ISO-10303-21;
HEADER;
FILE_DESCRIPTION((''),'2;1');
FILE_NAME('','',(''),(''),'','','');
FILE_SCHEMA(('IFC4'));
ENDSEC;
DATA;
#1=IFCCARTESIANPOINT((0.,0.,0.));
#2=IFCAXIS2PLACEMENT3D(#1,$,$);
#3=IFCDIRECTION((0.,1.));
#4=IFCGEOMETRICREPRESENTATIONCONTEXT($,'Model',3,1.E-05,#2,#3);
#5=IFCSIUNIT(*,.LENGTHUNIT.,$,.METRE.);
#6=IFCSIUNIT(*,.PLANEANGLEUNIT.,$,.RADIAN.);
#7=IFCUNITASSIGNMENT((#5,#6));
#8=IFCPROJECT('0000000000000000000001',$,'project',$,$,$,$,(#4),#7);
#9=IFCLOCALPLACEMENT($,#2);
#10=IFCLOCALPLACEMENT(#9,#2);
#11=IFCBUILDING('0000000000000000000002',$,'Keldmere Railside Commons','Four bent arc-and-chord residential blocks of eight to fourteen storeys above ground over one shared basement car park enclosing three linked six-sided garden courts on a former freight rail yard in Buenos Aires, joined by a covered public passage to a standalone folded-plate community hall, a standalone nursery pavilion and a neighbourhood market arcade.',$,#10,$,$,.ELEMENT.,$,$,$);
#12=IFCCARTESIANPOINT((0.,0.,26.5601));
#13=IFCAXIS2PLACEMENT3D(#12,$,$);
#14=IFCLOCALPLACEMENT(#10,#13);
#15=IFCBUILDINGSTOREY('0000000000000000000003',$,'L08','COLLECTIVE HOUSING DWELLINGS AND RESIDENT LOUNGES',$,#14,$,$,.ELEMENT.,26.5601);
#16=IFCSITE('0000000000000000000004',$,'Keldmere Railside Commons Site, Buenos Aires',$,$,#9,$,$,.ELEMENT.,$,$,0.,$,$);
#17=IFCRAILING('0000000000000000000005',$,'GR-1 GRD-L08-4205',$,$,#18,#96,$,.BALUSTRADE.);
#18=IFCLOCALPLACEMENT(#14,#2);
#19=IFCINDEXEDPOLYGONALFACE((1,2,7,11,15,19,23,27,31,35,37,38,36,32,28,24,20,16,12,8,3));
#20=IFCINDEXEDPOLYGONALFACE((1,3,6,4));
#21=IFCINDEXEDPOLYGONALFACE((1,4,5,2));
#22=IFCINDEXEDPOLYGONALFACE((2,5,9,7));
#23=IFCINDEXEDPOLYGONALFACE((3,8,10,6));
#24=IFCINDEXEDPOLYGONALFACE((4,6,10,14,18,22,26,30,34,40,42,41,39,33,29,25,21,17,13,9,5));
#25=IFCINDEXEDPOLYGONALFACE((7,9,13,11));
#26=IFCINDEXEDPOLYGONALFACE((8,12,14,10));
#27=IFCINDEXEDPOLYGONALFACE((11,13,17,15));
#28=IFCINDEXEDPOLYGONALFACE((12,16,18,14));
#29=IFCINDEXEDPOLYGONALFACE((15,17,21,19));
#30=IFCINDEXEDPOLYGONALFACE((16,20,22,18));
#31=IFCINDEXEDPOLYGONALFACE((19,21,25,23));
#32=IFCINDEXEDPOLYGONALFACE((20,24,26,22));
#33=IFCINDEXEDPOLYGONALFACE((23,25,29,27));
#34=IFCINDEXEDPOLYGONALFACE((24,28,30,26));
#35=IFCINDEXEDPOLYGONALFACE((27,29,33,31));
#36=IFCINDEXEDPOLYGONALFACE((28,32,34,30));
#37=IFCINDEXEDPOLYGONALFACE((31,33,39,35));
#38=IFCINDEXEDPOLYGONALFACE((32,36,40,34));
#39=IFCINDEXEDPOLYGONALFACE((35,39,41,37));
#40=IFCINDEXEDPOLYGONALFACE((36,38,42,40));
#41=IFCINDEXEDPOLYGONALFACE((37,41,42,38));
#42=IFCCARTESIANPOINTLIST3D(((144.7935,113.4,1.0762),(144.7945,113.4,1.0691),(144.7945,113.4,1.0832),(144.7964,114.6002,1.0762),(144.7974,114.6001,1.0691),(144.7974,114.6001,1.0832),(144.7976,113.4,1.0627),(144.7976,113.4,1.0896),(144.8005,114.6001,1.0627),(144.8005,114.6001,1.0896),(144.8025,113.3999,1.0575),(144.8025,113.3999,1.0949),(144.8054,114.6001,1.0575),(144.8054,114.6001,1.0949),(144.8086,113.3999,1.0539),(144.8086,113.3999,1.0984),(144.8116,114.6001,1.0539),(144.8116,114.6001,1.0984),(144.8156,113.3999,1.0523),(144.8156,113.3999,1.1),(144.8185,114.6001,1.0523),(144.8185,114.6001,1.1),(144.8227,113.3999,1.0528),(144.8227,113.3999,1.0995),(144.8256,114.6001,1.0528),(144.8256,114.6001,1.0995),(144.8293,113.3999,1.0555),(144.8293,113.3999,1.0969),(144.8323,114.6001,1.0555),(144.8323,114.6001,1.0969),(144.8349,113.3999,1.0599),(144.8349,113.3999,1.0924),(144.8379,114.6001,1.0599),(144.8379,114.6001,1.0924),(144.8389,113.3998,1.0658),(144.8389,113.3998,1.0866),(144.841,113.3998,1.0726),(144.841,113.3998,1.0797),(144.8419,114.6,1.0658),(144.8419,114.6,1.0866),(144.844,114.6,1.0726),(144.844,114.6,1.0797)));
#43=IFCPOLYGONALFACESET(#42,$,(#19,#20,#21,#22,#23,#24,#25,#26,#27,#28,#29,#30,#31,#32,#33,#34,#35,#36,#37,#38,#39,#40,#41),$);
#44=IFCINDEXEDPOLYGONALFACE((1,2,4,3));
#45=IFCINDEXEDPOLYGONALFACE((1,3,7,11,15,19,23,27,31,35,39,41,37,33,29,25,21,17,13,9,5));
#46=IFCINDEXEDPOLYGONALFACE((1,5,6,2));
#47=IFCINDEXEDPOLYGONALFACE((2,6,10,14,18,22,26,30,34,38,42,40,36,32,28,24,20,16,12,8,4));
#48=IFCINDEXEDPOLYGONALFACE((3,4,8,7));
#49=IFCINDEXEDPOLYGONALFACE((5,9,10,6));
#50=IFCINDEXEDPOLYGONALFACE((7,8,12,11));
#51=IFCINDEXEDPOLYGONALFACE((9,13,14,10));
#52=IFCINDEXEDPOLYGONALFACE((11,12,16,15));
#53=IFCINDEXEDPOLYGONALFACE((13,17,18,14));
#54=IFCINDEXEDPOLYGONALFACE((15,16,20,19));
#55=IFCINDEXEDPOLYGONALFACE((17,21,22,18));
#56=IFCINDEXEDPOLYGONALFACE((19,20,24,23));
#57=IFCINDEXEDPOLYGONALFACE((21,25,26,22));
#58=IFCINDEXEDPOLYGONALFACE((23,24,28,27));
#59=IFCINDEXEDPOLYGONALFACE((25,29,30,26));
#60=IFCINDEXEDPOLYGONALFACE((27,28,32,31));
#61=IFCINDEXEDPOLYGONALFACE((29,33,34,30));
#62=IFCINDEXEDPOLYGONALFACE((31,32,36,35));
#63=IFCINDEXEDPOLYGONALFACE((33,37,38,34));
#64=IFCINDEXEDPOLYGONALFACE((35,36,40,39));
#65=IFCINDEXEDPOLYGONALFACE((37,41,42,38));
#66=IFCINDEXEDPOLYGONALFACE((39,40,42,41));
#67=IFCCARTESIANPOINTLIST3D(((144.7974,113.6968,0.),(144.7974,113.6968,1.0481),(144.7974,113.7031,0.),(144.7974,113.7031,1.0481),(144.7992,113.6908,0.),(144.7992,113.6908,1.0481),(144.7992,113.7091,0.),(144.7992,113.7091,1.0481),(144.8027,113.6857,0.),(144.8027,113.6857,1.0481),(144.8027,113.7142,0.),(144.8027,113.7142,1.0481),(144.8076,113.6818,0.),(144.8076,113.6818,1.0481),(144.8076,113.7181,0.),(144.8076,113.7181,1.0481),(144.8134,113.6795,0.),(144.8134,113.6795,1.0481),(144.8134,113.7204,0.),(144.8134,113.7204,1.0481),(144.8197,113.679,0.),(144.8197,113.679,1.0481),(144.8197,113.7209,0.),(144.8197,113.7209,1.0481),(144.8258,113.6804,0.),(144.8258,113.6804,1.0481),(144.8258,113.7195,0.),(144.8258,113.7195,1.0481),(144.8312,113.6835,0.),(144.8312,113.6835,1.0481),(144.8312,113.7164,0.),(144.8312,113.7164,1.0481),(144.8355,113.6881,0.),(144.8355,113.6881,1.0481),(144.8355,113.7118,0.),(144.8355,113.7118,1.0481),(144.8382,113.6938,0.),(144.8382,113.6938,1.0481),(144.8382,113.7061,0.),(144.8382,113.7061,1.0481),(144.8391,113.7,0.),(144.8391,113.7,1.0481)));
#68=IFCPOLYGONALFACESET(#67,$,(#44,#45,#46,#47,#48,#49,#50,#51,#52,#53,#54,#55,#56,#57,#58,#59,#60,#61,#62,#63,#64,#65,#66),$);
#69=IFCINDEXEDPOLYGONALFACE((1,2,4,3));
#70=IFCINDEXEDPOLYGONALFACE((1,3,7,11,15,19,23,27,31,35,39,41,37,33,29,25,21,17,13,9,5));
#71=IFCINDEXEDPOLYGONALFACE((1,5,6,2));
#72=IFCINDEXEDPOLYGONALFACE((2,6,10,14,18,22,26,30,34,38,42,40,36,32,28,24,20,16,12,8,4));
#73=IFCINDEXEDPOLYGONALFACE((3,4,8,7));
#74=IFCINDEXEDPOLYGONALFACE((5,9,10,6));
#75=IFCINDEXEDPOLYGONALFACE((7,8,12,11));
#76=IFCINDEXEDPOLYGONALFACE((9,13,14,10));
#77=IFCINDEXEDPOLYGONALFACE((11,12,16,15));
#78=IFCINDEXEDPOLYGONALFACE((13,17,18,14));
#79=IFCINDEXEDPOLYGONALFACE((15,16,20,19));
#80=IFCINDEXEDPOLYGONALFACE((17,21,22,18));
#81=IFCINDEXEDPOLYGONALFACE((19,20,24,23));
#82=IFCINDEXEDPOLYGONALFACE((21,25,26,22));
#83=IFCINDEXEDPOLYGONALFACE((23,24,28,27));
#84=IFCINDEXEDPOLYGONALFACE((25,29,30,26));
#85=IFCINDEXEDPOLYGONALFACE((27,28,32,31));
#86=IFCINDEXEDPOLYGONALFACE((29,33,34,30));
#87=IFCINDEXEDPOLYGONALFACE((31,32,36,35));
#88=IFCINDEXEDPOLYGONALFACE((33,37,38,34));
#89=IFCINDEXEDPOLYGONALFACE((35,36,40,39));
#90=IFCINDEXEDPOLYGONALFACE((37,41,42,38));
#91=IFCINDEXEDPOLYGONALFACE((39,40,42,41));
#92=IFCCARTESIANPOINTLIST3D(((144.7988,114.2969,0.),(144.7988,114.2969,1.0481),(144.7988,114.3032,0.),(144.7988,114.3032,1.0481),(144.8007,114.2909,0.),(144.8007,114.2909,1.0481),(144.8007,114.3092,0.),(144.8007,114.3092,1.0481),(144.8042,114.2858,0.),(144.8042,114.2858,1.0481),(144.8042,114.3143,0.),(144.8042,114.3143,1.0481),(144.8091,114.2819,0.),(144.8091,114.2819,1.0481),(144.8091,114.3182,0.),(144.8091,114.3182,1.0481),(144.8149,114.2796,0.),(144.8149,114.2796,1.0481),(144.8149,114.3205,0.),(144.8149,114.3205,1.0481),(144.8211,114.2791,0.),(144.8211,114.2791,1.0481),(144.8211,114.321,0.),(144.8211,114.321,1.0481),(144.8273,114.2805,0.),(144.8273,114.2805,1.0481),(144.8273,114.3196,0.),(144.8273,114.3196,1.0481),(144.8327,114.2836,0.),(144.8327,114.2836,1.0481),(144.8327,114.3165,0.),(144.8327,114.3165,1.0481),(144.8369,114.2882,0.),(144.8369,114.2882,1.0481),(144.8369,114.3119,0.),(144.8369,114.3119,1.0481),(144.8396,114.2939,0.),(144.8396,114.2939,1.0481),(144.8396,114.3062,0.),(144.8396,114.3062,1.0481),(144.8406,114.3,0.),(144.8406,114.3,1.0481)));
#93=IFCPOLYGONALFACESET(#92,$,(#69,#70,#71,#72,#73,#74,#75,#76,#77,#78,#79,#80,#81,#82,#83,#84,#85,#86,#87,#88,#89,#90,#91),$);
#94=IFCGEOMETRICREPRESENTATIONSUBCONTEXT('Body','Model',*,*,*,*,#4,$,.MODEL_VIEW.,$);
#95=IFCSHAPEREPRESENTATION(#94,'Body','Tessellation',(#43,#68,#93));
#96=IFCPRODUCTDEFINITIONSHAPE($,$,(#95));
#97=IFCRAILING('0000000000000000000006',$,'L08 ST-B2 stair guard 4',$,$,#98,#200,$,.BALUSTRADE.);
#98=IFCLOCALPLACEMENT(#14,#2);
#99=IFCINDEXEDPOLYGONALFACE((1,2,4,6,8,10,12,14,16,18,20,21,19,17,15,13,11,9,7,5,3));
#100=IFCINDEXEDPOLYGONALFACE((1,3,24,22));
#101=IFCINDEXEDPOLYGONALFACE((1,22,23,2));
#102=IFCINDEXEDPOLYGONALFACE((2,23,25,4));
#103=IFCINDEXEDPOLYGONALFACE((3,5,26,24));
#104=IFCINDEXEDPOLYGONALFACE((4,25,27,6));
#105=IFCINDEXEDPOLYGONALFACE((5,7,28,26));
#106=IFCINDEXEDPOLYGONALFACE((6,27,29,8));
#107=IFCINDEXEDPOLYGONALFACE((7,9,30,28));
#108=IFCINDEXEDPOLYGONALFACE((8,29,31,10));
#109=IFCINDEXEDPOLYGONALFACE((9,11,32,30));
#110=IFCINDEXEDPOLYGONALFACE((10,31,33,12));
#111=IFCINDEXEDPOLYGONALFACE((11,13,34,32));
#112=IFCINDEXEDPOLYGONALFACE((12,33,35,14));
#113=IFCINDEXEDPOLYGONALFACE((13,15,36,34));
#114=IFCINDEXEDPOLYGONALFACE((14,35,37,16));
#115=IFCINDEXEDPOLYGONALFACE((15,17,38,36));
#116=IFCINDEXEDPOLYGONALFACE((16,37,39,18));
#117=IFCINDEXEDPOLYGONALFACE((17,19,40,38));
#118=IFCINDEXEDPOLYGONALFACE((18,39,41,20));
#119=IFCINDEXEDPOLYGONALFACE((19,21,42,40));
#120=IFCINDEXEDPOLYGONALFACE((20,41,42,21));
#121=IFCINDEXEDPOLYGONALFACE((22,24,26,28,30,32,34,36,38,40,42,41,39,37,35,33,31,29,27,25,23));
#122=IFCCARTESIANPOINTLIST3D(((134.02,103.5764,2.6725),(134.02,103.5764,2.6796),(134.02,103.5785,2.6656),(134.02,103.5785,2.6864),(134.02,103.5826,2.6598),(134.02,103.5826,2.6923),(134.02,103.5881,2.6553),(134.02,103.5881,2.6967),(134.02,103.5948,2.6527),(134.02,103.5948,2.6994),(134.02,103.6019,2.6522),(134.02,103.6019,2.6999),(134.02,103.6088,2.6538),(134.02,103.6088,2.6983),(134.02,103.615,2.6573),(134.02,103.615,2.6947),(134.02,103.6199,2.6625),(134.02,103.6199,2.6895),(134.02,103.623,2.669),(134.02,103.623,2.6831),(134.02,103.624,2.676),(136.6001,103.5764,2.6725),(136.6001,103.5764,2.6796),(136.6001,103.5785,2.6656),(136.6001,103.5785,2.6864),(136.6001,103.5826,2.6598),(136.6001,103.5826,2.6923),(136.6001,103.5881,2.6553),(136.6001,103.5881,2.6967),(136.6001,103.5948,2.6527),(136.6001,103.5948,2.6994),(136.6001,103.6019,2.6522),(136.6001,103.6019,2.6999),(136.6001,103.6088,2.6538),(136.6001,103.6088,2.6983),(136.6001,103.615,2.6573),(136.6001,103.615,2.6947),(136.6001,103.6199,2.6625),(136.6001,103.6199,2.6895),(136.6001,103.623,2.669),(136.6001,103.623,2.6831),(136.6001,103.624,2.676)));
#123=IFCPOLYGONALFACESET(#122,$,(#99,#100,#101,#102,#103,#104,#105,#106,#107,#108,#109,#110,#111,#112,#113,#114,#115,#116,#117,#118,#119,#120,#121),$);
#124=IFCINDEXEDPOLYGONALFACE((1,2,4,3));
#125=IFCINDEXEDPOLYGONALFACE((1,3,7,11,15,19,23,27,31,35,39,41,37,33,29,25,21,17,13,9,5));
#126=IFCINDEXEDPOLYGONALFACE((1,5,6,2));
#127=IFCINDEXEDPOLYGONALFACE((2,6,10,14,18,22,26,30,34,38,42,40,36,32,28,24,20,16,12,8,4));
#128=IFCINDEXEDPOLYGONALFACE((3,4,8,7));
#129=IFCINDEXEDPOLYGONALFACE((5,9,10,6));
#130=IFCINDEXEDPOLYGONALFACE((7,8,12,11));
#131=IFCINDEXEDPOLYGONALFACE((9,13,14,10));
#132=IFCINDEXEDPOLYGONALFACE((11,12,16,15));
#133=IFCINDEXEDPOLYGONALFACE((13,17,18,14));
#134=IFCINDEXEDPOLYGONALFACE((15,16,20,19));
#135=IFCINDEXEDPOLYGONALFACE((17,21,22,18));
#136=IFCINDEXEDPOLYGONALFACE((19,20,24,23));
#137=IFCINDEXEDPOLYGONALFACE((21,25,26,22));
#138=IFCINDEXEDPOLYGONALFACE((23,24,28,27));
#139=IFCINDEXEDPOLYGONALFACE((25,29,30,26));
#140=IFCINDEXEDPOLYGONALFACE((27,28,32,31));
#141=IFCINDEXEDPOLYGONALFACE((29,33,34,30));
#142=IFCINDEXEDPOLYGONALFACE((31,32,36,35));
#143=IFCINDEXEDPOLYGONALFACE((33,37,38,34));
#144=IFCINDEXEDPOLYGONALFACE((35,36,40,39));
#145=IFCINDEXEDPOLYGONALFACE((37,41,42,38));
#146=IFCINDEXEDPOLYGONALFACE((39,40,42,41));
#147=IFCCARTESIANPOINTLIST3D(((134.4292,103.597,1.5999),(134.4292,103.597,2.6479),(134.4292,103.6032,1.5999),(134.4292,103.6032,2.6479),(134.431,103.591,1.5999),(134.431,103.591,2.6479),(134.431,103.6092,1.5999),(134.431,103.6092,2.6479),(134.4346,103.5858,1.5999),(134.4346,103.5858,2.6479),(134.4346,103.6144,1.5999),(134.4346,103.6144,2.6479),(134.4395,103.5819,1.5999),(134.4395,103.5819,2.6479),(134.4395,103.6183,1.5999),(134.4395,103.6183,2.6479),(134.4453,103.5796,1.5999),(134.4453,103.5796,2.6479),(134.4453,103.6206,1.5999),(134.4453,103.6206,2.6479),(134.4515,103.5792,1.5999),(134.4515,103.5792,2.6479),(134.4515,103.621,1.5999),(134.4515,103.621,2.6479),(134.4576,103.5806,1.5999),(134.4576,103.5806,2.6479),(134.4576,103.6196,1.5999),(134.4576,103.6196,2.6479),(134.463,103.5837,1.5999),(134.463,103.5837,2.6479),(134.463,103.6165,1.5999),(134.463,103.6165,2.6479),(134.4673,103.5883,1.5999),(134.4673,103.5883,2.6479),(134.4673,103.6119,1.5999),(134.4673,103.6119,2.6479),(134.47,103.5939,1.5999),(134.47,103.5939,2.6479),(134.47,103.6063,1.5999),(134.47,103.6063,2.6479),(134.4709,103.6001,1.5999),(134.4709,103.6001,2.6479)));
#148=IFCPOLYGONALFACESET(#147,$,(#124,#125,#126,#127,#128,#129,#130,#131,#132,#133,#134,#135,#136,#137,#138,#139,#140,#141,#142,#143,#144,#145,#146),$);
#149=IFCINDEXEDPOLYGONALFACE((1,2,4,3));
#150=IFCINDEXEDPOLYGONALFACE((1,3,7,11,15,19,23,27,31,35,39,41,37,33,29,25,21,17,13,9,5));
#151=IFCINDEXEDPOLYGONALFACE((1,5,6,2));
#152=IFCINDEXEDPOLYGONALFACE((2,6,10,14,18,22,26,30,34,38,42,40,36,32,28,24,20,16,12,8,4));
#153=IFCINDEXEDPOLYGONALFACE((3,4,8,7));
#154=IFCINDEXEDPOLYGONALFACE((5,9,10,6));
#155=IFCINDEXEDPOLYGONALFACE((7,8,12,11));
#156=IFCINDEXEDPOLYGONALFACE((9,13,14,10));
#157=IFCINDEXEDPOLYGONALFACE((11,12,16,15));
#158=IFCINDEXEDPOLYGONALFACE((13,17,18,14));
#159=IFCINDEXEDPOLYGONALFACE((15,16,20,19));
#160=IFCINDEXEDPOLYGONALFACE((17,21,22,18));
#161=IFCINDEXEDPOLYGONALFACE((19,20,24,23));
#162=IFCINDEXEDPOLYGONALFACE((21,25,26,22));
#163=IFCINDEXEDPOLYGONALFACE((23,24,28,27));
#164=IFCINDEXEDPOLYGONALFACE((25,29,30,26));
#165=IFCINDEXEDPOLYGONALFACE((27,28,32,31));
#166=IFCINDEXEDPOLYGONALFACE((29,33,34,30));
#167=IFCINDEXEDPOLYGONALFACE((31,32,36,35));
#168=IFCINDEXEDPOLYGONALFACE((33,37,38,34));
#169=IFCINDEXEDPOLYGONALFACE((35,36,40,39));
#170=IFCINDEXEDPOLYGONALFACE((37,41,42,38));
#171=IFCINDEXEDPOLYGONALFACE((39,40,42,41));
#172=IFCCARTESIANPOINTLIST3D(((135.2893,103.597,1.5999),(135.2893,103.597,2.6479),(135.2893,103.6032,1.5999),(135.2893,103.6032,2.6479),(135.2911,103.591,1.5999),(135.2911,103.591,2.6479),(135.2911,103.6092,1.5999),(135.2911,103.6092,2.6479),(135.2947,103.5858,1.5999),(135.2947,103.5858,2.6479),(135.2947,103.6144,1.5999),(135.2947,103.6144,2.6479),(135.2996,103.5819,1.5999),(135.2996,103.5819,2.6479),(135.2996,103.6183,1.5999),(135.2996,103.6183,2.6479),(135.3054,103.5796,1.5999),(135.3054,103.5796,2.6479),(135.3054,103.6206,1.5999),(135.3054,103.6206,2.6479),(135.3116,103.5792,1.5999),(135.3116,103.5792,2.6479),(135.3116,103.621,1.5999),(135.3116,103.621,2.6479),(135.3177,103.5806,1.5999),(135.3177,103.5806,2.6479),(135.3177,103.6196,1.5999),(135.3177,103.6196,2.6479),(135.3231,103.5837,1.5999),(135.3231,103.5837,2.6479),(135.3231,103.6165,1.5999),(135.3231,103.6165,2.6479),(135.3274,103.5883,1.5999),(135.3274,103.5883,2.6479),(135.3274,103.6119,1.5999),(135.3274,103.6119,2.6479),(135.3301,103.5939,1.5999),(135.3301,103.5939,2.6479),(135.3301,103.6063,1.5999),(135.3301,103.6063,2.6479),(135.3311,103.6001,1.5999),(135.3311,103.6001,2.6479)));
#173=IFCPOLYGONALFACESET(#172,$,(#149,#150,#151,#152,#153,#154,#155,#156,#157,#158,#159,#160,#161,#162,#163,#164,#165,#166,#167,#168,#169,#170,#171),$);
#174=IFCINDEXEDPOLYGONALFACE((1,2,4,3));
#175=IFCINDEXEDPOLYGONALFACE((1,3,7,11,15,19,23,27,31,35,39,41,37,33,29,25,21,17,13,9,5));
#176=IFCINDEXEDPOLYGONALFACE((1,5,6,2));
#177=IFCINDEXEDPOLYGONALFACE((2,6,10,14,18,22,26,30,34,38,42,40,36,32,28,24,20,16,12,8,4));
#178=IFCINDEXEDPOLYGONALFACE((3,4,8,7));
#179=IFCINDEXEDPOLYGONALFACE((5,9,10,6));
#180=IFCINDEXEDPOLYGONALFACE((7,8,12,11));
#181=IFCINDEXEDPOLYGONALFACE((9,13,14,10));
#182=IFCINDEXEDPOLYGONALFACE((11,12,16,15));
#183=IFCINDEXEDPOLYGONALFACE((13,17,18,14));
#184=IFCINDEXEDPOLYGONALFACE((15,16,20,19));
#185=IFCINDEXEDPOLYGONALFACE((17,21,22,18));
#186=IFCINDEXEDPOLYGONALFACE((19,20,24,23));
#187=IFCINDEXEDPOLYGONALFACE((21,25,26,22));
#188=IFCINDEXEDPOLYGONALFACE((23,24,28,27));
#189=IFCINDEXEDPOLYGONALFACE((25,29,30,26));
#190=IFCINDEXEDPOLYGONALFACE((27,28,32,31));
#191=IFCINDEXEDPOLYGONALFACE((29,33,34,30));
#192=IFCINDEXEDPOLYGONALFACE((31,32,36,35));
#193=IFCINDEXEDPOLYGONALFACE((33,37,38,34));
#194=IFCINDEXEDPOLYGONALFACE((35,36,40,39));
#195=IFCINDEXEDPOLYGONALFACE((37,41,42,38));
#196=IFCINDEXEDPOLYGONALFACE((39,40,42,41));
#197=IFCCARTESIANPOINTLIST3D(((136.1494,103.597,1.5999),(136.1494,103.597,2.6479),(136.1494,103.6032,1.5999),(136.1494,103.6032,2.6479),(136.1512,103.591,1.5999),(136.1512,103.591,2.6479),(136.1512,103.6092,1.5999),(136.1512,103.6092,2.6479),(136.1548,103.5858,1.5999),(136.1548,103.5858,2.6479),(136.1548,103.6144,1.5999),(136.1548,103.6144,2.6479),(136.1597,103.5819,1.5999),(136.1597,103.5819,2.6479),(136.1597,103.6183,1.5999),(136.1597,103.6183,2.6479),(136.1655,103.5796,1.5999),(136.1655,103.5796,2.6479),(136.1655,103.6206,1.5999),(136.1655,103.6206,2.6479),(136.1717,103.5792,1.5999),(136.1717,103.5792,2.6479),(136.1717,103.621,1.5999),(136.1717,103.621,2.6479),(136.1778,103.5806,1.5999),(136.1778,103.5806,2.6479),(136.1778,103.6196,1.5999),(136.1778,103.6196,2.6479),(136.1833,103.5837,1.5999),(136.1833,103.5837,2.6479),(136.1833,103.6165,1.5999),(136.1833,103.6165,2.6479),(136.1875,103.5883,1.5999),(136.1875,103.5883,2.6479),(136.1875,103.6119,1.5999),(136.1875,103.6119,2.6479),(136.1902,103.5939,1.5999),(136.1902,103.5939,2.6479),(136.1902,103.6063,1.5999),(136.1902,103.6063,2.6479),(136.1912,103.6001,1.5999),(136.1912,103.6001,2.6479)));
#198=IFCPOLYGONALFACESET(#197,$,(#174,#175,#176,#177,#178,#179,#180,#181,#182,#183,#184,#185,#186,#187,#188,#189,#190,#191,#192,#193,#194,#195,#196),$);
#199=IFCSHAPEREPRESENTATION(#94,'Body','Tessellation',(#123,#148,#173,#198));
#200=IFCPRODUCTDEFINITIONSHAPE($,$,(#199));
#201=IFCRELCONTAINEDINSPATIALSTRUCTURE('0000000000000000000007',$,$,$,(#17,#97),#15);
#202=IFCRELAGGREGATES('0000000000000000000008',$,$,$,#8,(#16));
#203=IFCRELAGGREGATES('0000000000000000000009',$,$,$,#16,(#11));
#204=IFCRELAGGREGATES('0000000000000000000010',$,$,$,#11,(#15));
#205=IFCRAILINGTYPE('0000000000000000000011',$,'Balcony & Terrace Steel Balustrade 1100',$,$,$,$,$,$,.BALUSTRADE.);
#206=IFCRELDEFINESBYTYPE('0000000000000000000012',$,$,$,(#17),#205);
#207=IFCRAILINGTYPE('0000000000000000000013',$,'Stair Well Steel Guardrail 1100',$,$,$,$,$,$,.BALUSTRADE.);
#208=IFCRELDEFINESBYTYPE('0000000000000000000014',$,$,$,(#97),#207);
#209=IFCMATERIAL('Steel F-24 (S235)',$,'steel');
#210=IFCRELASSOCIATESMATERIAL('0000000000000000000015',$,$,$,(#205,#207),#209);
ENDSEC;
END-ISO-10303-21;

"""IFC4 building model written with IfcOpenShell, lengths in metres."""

from ifc_helpers import new_model, si_unit, direction, frame, origin, origin_2d, place, context, subcontext, project, spatial, circle, extrude, material, type_object, element, save


model = new_model("IFC4")

# Units and contexts
model_context = context("Model", 3, precision=1e-05, world=origin(), true_north=direction((0.0, 1.0)))
body_context = subcontext(model_context, "Body", "Model", "MODEL_VIEW")
ifc_project = project(units=[si_unit("LENGTHUNIT", "METRE"), si_unit("PLANEANGLEUNIT", "RADIAN")], contexts=[model_context])

# Site, building, storey
site_placement = place(None, origin())
site = spatial("IfcSite", under=ifc_project, at=site_placement, Name="Keldmere Railside Commons Site, Buenos Aires", CompositionType="ELEMENT", RefElevation=0.0)
building_placement = place(site_placement, origin())
building = spatial("IfcBuilding", under=site, at=building_placement, Name="Keldmere Railside Commons", Description="Four bent arc-and-chord residential blocks of eight to fourteen storeys above ground over one shared basement car park enclosing three linked six-sided garden courts on a former freight rail yard in Buenos Aires, joined by a covered public passage to a standalone folded-plate community hall, a standalone nursery pavilion and a neighbourhood market arcade.", CompositionType="ELEMENT")
storey_placement = place(building_placement, frame((0.0, 0.0, 26.5601)))
storey = spatial("IfcBuildingStorey", under=building, at=storey_placement, Name="L08", Description="COLLECTIVE HOUSING DWELLINGS AND RESIDENT LOUNGES", CompositionType="ELEMENT", Elevation=26.5601)

# Shared definitions
ifc_material_1 = material(Name="Steel F-24 (S235)", Category="steel")

# Railings
railing_type_1 = type_object("IfcRailingType", Name="Balcony & Terrace Steel Balustrade 1100", PredefinedType="BALUSTRADE", material=ifc_material_1)
railing_1_placement = place(storey_placement, frame((144.8174, 113.3999, 0.0)))
element("IfcRailing", 1, at=railing_1_placement, inside=storey, type_object=railing_type_1, Name="GR-1 GRD-L08-4205", PredefinedType="BALUSTRADE", context=body_context, shape_type="SweptSolid", body=[
    extrude(circle(Radius=0.0239, at=origin_2d()), frame((0.0, 0.0, 1.0762), z_axis=(0.002441, 0.999997, 0.0), x_axis=(-0.999997, 0.002441, 0.0)), (0.0, 0.0, 1.0), 1.2002),
    extrude(circle(Radius=0.021, at=origin_2d()), frame((0.0007, 0.3, 0.0)), (0.0, 0.0, 1.0), 1.0481),
    extrude(circle(Radius=0.021, at=origin_2d()), frame((0.0022, 0.9001, 0.0)), (0.0, 0.0, 1.0), 1.0481),
])
railing_type_2 = type_object("IfcRailingType", Name="Stair Well Steel Guardrail 1100", PredefinedType="BALUSTRADE", material=ifc_material_1)
railing_2_placement = place(storey_placement, frame((134.02, 103.6001, 1.5999)))
element("IfcRailing", 2, at=railing_2_placement, inside=storey, type_object=railing_type_2, Name="L08 ST-B2 stair guard 4", PredefinedType="BALUSTRADE", context=body_context, shape_type="SweptSolid", body=[
    extrude(circle(Radius=0.0239, at=origin_2d()), frame((0.0, 0.0, 1.0762), z_axis=(1.0, 0.0, 0.0), x_axis=(0.0, 1.0, 0.0)), (0.0, 0.0, 1.0), 2.5801),
    extrude(circle(Radius=0.021, at=origin_2d()), frame((0.4299, 0.0, 0.0)), (0.0, 0.0, 1.0), 1.0481),
    extrude(circle(Radius=0.021, at=origin_2d()), frame((1.29, 0.0, 0.0)), (0.0, 0.0, 1.0), 1.0481),
    extrude(circle(Radius=0.021, at=origin_2d()), frame((2.1501, 0.0, 0.0)), (0.0, 0.0, 1.0), 1.0481),
])

save(model, "model.ifc")
